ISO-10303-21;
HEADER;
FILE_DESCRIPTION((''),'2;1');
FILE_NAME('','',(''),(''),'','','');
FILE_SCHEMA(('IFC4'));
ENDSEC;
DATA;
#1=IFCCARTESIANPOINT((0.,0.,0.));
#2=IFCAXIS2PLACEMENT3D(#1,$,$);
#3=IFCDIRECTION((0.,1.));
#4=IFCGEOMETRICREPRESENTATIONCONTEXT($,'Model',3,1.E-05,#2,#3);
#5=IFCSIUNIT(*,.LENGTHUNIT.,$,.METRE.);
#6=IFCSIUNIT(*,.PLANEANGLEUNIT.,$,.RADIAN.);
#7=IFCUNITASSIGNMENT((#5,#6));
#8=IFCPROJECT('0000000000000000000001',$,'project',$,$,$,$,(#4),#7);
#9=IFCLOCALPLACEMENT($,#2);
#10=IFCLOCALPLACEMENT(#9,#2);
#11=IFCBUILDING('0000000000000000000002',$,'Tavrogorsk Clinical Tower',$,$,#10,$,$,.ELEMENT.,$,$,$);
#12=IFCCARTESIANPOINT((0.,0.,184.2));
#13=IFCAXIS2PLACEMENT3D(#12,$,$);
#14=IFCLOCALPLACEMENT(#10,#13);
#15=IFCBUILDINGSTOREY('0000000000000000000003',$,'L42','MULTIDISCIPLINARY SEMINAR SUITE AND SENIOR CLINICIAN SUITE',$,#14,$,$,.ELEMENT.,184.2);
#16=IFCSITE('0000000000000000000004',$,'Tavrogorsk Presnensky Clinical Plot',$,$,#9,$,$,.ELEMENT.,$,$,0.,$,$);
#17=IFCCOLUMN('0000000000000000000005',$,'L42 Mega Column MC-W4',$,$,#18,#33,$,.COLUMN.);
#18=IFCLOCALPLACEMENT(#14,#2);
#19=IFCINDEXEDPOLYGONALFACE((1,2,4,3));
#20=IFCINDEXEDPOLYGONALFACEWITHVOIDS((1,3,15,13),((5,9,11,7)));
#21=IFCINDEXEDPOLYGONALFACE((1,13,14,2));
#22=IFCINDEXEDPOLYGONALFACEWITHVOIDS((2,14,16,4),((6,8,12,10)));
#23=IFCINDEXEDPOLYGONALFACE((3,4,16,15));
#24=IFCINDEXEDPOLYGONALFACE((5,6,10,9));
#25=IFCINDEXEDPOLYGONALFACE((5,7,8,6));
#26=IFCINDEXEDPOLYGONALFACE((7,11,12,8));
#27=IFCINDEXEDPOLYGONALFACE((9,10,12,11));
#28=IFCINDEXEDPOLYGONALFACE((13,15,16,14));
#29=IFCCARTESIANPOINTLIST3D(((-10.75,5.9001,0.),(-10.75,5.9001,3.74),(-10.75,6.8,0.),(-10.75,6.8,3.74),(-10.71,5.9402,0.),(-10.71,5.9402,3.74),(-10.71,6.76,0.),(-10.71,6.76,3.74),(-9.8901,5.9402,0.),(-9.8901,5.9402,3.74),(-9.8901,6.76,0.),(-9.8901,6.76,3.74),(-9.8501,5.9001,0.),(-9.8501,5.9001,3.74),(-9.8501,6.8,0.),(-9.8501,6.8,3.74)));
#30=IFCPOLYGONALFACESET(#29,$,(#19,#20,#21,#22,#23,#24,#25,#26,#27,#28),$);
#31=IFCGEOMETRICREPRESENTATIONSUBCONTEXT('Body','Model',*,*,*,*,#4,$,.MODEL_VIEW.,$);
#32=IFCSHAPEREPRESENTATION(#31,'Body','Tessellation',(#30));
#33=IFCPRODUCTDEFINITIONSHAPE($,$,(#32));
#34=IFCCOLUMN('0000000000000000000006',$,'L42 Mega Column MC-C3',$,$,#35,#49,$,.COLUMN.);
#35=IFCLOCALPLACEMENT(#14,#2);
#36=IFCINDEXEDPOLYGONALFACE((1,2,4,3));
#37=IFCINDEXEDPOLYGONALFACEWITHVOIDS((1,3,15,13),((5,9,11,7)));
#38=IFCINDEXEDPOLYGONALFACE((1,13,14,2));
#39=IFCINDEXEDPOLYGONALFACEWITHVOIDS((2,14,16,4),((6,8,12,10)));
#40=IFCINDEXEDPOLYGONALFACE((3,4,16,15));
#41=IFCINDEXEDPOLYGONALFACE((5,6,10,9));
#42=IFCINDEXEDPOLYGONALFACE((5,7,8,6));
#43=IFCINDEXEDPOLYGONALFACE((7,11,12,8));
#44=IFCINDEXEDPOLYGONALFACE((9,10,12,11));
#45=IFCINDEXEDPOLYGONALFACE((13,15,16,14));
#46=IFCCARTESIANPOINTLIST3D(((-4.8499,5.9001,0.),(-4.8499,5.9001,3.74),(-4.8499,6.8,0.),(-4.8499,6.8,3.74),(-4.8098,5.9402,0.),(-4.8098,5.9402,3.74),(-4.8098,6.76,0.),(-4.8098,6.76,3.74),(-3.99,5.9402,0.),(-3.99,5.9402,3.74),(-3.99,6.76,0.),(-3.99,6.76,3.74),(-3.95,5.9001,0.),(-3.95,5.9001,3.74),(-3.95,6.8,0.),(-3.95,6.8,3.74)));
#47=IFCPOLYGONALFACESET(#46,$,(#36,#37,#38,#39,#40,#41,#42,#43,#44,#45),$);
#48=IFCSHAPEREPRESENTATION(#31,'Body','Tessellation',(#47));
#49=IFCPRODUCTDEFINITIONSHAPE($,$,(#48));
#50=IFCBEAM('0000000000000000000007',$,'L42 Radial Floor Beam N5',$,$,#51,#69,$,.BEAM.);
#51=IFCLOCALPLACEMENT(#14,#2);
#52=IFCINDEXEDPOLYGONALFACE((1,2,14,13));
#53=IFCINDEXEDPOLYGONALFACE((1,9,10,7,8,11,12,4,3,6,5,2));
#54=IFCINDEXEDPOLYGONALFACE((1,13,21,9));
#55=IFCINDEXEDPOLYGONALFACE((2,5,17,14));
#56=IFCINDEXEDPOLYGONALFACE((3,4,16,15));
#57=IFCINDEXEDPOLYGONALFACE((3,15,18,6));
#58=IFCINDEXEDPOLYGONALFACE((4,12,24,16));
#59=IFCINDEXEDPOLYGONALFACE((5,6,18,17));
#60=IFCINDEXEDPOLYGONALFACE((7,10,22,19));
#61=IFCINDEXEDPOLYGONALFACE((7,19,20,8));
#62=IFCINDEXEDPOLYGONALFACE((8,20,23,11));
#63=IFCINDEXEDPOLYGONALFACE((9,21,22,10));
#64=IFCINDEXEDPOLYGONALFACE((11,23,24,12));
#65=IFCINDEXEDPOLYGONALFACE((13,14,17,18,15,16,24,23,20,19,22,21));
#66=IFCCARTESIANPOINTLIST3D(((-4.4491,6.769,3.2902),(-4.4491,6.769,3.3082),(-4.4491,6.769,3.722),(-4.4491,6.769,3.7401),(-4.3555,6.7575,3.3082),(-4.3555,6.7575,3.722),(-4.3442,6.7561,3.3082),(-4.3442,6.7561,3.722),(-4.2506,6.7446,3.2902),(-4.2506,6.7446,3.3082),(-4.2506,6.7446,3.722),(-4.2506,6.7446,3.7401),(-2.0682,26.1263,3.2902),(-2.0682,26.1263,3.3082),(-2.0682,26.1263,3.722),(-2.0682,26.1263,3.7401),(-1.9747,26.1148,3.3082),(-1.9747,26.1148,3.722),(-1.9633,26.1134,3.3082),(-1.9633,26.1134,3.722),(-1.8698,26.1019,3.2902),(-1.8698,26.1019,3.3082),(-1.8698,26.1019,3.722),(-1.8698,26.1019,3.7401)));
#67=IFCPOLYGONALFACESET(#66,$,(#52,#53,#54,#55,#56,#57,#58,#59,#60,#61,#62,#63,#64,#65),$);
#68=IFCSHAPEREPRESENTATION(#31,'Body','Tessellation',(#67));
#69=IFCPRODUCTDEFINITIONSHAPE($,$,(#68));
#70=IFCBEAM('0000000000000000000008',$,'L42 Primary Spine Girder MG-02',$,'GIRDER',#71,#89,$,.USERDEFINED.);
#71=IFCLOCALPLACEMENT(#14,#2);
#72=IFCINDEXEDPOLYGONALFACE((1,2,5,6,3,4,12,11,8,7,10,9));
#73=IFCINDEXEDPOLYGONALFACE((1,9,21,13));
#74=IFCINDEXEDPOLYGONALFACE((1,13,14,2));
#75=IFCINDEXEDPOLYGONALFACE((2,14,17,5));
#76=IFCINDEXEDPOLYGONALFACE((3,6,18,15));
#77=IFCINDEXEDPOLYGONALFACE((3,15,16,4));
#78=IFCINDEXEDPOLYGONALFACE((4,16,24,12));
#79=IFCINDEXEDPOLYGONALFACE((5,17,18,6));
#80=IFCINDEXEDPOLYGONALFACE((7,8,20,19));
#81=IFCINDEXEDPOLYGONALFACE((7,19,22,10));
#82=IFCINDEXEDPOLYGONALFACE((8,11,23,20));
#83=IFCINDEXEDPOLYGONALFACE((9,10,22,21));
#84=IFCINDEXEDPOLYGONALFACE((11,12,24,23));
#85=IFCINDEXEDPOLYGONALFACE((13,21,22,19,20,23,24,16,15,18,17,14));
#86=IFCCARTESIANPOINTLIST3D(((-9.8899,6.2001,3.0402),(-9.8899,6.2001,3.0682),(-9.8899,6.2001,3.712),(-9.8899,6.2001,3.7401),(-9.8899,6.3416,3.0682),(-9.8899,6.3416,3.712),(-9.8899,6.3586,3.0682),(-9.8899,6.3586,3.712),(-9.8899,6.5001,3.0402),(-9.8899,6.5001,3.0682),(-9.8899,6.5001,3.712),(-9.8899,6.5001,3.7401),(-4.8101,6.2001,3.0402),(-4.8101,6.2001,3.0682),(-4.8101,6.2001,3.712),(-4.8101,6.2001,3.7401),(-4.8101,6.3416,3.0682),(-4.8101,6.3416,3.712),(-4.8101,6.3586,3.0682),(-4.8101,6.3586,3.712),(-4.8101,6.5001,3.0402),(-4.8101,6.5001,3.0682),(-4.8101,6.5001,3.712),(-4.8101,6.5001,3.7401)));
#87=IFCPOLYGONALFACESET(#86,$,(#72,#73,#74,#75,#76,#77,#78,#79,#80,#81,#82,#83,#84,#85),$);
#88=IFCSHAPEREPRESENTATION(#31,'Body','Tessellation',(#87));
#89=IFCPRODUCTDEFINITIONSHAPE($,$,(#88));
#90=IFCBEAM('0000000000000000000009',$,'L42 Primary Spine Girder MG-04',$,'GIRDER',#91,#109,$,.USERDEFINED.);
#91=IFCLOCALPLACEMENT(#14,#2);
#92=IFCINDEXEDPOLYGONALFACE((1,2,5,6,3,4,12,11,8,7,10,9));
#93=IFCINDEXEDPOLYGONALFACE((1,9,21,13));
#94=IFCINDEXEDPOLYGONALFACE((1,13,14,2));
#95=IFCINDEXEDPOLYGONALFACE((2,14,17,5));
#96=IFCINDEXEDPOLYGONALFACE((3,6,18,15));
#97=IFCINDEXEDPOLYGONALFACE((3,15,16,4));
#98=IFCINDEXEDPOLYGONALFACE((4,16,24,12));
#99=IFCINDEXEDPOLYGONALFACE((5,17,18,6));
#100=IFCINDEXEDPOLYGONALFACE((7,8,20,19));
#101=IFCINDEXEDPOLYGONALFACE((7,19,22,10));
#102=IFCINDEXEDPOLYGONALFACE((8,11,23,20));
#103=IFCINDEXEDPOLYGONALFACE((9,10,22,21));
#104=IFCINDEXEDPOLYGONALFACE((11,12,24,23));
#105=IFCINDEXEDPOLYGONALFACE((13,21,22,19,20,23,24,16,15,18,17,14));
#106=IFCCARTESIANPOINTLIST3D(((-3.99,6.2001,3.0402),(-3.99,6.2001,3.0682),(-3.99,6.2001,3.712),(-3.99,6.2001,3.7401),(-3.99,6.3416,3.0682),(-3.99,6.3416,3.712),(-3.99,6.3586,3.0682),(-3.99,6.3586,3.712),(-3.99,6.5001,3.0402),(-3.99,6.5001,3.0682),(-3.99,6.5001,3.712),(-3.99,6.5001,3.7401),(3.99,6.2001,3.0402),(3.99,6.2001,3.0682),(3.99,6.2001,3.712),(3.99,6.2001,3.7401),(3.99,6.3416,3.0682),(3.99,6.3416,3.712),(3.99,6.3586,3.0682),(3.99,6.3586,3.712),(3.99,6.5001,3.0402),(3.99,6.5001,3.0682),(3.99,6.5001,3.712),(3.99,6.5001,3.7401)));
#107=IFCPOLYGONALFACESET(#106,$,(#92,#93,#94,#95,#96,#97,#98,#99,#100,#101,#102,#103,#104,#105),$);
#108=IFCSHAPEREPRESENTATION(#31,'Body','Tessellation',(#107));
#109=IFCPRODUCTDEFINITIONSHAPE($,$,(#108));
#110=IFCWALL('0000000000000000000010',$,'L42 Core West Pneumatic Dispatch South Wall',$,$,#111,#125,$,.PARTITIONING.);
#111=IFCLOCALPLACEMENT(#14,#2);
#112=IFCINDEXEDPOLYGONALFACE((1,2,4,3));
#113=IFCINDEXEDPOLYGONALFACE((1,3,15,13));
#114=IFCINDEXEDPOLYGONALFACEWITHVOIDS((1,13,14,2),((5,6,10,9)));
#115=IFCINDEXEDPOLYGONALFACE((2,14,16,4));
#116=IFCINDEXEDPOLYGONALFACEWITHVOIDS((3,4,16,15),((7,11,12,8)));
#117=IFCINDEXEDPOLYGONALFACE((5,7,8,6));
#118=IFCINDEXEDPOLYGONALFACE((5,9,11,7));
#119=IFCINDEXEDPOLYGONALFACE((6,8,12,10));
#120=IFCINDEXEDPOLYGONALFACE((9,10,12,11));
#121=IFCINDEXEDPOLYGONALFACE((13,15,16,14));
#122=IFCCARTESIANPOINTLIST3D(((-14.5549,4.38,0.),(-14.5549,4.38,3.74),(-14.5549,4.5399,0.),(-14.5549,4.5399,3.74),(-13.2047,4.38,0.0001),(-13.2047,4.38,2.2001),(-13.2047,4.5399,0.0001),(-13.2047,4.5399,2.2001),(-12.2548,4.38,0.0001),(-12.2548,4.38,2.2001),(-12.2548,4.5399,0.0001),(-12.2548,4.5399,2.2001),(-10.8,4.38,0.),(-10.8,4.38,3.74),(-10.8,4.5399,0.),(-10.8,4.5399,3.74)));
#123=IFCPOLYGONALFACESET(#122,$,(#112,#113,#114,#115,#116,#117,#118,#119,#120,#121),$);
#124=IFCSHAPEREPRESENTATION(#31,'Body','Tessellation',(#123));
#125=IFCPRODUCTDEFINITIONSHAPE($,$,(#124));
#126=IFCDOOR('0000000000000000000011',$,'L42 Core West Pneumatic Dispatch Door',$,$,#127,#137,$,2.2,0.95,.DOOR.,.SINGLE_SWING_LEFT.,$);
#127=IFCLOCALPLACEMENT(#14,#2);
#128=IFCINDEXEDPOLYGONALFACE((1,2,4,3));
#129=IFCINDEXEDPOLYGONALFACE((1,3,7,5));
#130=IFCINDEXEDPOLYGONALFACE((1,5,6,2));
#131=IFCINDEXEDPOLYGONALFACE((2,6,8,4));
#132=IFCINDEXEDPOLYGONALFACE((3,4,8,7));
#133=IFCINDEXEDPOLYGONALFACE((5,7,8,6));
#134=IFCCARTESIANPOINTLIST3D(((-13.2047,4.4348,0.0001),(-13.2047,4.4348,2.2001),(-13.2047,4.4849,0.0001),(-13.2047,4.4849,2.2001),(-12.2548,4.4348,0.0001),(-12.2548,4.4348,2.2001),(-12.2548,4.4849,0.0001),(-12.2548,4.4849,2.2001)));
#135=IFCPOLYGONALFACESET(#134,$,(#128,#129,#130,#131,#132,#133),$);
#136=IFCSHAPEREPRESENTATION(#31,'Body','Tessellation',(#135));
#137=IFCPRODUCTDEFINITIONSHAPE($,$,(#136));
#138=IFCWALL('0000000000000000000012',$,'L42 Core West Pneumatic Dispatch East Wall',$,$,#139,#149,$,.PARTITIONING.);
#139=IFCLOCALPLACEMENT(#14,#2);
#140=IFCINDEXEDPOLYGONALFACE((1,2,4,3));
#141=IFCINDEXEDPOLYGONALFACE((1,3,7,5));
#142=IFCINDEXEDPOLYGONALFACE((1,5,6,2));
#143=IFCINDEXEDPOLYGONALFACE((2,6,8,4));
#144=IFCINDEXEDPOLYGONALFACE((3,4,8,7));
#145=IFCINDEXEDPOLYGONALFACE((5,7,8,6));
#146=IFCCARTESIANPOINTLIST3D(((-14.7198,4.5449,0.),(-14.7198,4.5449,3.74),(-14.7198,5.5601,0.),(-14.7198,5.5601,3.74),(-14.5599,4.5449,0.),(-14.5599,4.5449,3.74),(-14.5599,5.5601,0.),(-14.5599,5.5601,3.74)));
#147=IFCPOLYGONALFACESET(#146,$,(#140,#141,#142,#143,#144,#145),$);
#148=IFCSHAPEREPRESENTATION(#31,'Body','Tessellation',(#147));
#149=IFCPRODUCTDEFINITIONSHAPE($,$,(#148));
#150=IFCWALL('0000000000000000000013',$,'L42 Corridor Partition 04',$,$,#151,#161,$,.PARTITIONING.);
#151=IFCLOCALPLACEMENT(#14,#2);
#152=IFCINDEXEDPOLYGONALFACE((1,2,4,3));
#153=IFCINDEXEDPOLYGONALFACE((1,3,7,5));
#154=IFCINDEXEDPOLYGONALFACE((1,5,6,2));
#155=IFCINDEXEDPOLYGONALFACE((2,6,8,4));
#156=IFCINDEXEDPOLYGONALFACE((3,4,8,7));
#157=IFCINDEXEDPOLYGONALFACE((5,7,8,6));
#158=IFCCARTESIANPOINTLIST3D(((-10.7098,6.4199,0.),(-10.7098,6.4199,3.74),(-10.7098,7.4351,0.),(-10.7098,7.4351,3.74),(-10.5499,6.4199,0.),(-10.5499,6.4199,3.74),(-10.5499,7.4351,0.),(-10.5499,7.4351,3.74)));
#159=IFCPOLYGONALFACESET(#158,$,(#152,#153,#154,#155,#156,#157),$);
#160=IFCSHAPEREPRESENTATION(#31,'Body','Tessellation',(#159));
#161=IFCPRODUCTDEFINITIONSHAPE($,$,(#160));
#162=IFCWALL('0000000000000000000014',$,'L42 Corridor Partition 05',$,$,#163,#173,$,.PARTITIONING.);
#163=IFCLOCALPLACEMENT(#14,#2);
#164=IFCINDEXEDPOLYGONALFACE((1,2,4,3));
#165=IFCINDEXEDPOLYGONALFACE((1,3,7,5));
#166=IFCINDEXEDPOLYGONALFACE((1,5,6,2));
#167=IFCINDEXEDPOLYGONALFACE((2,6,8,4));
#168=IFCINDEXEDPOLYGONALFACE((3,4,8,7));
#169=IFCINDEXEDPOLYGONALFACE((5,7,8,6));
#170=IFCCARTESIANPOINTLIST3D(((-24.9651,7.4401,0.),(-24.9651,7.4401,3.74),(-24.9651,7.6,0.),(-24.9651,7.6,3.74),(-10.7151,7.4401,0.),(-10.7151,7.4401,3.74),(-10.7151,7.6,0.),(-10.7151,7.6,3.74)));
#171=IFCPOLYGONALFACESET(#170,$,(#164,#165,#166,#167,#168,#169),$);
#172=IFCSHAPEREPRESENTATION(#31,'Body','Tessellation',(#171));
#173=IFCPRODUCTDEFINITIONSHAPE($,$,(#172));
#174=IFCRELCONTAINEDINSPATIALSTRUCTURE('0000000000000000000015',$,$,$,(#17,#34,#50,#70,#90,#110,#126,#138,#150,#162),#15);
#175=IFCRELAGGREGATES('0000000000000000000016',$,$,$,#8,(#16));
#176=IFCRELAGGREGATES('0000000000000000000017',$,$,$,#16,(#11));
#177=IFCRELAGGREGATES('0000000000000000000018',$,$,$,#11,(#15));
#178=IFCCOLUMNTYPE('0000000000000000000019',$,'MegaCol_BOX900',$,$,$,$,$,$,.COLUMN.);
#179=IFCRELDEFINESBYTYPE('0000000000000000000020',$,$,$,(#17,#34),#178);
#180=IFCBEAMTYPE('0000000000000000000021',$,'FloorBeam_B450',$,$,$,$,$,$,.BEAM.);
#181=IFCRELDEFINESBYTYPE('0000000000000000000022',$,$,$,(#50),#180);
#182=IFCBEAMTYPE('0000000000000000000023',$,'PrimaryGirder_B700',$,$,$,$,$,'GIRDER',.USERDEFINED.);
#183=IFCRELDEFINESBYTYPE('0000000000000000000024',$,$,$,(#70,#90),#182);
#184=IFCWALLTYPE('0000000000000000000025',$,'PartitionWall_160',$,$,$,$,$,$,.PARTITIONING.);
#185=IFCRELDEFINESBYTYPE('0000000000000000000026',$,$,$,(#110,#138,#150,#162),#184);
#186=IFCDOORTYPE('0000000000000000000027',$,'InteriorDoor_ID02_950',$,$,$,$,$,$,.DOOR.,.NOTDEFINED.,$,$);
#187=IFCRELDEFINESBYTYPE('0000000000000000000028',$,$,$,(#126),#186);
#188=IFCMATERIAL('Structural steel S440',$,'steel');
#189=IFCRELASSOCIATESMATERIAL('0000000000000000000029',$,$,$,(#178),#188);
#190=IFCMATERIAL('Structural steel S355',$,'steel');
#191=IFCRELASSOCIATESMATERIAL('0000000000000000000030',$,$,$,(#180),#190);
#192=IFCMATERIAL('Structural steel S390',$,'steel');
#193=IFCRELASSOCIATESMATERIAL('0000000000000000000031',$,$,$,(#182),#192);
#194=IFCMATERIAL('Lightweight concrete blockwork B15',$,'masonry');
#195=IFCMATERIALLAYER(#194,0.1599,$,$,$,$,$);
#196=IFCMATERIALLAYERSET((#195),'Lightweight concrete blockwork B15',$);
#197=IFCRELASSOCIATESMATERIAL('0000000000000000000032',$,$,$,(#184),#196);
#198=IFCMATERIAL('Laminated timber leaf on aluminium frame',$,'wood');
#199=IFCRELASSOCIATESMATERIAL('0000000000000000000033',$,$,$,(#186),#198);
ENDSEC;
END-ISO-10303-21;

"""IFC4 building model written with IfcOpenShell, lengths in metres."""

from ifc_helpers import new_model, si_unit, direction, frame, frame_2d, origin, origin_2d, place, context, subcontext, project, spatial, rectangle, hollow_rectangle, i_section, extrude, material, layer, layer_set, material_profile, profile_set, type_object, element, fill, save


model = new_model("IFC4")

# Units and contexts
model_context = context("Model", 3, precision=1e-05, world=origin(), true_north=direction((0.0, 1.0)))
body_context = subcontext(model_context, "Body", "Model", "MODEL_VIEW")
ifc_project = project(units=[si_unit("LENGTHUNIT", "METRE"), si_unit("PLANEANGLEUNIT", "RADIAN")], contexts=[model_context])

# Site, building, storey
site_placement = place(None, origin())
site = spatial("IfcSite", under=ifc_project, at=site_placement, Name="Tavrogorsk Presnensky Clinical Plot", CompositionType="ELEMENT", RefElevation=0.0)
building_placement = place(site_placement, origin())
building = spatial("IfcBuilding", under=site, at=building_placement, Name="Tavrogorsk Clinical Tower", CompositionType="ELEMENT")
storey_placement = place(building_placement, frame((0.0, 0.0, 184.2)))
storey = spatial("IfcBuildingStorey", under=building, at=storey_placement, Name="L42", Description="MULTIDISCIPLINARY SEMINAR SUITE AND SENIOR CLINICIAN SUITE", CompositionType="ELEMENT", Elevation=184.2)

# Columns
ifc_material_1 = material(Name="Structural steel S440", Category="steel")
ifc_material_profile_1 = material_profile(ifc_material_1, hollow_rectangle(XDim=0.8999, YDim=0.8999, WallThickness=0.04, at=origin_2d()), Name="BOX-900x900x40")
ifc_profile_set_1 = profile_set([ifc_material_profile_1], Name="Structural steel S440")
column_type = type_object("IfcColumnType", Name="MegaCol_BOX900", PredefinedType="COLUMN", material=ifc_profile_set_1)
for number, where, z_axis, x_axis, name in (
    (1, (-10.3, 6.3501, 0.0), (0.0, 0.0, 1.0), (1.0, 0.0, 0.0), "L42 Mega Column MC-W4"),
    (2, (-4.3999, 6.3501, 0.0), (0.0, 0.0, 1.0), (1.0, 0.0, 0.0), "L42 Mega Column MC-C3"),
):
    element("IfcColumn", number, at=place(storey_placement, frame(where, z_axis=z_axis, x_axis=x_axis)), inside=storey, type_object=column_type, Name=name, PredefinedType="COLUMN", context=body_context, shape_type="SweptSolid", body=[
        extrude(hollow_rectangle(XDim=0.8999, YDim=0.8999, WallThickness=0.04, at=origin_2d()), origin(), (0.0, 0.0, 1.0), 3.74),
    ])

# Beams
ifc_material_2 = material(Name="Structural steel S355", Category="steel")
ifc_material_profile_2 = material_profile(ifc_material_2, i_section(OverallWidth=0.2, OverallDepth=0.45, WebThickness=0.0115, FlangeThickness=0.0181, at=origin_2d()), Name="B-450x200x11.5x18")
ifc_profile_set_2 = profile_set([ifc_material_profile_2], Name="Structural steel S355")
beam_type_1 = type_object("IfcBeamType", Name="FloorBeam_B450", PredefinedType="BEAM", material=ifc_profile_set_2)
beam_1_placement = place(storey_placement, frame((-4.3499, 6.7568, 3.5151), z_axis=(0.122075, 0.992521, 0.0), x_axis=(-0.992521, 0.122075, 0.0)))
element("IfcBeam", 3, at=beam_1_placement, inside=storey, type_object=beam_type_1, Name="L42 Radial Floor Beam N5", PredefinedType="BEAM", context=body_context, shape_type="SweptSolid", body=[
    extrude(i_section(OverallWidth=0.2, OverallDepth=0.45, WebThickness=0.0115, FlangeThickness=0.0181, at=origin_2d()), origin(), (0.0, 0.0, 1.0), 19.5032),
])
ifc_material_3 = material(Name="Structural steel S390", Category="steel")
ifc_material_profile_3 = material_profile(ifc_material_3, i_section(OverallWidth=0.3, OverallDepth=0.7, WebThickness=0.0171, FlangeThickness=0.0281, at=origin_2d()), Name="B-700x300x17x28")
ifc_profile_set_3 = profile_set([ifc_material_profile_3], Name="Structural steel S390")
beam_type_2 = type_object("IfcBeamType", Name="PrimaryGirder_B700", ElementType="GIRDER", PredefinedType="USERDEFINED", material=ifc_profile_set_3)
beam_2_placement = place(storey_placement, frame((-9.8899, 6.3501, 3.3901), z_axis=(1.0, 0.0, 0.0), x_axis=(0.0, 1.0, 0.0)))
element("IfcBeam", 4, at=beam_2_placement, inside=storey, type_object=beam_type_2, Name="L42 Primary Spine Girder MG-02", ObjectType="GIRDER", PredefinedType="USERDEFINED", context=body_context, shape_type="SweptSolid", body=[
    extrude(i_section(OverallWidth=0.3, OverallDepth=0.7, WebThickness=0.0171, FlangeThickness=0.0281, at=origin_2d()), origin(), (0.0, 0.0, 1.0), 5.0798),
])
beam_3_placement = place(storey_placement, frame((-3.99, 6.3501, 3.3901), z_axis=(1.0, 0.0, 0.0), x_axis=(0.0, 1.0, 0.0)))
element("IfcBeam", 5, at=beam_3_placement, inside=storey, type_object=beam_type_2, Name="L42 Primary Spine Girder MG-04", ObjectType="GIRDER", PredefinedType="USERDEFINED", context=body_context, shape_type="SweptSolid", body=[
    extrude(i_section(OverallWidth=0.3, OverallDepth=0.7, WebThickness=0.0171, FlangeThickness=0.0281, at=origin_2d()), origin(), (0.0, 0.0, 1.0), 7.98),
])

# Wall, opening, door
ifc_material_4 = material(Name="Lightweight concrete blockwork B15", Category="masonry")
ifc_layer_1 = layer(ifc_material_4, 0.1599)
ifc_layer_set_1 = layer_set([ifc_layer_1], Name="Lightweight concrete blockwork B15")
wall_type_1 = type_object("IfcWallType", Name="PartitionWall_160", PredefinedType="PARTITIONING", material=ifc_layer_set_1)
wall_1_placement = place(storey_placement, frame((-14.5549, 4.46, 0.0), z_axis=(0.0, 0.0, 1.0), x_axis=(1.0, 0.0, 0.0)))
wall_1 = element("IfcWall", 6, at=wall_1_placement, inside=storey, type_object=wall_type_1, Name="L42 Core West Pneumatic Dispatch South Wall", PredefinedType="PARTITIONING", context=body_context, shape_type="SweptSolid", body=[
    extrude(rectangle(XDim=3.7549, YDim=0.1599, at=frame_2d((1.8774, 0.0))), origin(), (0.0, 0.0, 1.0), 3.74),
])
opening_1_placement = place(wall_1_placement, frame((1.3501, 0.0, 0.0)))
opening_1 = element("IfcOpeningElement", 7, at=opening_1_placement, cuts=wall_1, PredefinedType="OPENING", context=body_context, shape_type="SweptSolid", body=[
    extrude(rectangle(XDim=0.95, YDim=2.2, at=frame_2d((0.4751, 1.1001))), frame((0.0, 0.0898, 0.0), z_axis=(0.0, -1.0, 0.0), x_axis=(1.0, 0.0, 0.0)), (0.0, 0.0, 1.0), 0.1799),
])
ifc_material_5 = material(Name="Laminated timber leaf on aluminium frame", Category="wood")
door_type_1 = type_object("IfcDoorType", Name="InteriorDoor_ID02_950", OperationType="NOTDEFINED", PredefinedType="DOOR", material=ifc_material_5)
door_1_placement = place(opening_1_placement, origin())
door_1 = element("IfcDoor", 8, at=door_1_placement, inside=storey, type_object=door_type_1, Name="L42 Core West Pneumatic Dispatch Door", OperationType="SINGLE_SWING_LEFT", OverallHeight=2.2, OverallWidth=0.95, PredefinedType="DOOR", context=body_context, shape_type="SweptSolid", body=[
    extrude(rectangle(XDim=0.95, YDim=2.2, at=frame_2d((0.4751, 1.1001))), frame((0.0, 0.0249, 0.0), z_axis=(0.0, -1.0, 0.0), x_axis=(1.0, 0.0, 0.0)), (0.0, 0.0, 1.0), 0.05),
])
fill(opening_1, door_1)

# Walls
for number, where, z_axis, x_axis, name in (
    (9, (-14.6399, 4.5449, 0.0), (0.0, 0.0, 1.0), (0.0, 1.0, 0.0), "L42 Core West Pneumatic Dispatch East Wall"),
    (10, (-10.6299, 6.4199, 0.0), (0.0, 0.0, 1.0), (0.0, 1.0, 0.0), "L42 Corridor Partition 04"),
):
    element("IfcWall", number, at=place(storey_placement, frame(where, z_axis=z_axis, x_axis=x_axis)), inside=storey, type_object=wall_type_1, Name=name, PredefinedType="PARTITIONING", context=body_context, shape_type="SweptSolid", body=[
        extrude(rectangle(XDim=1.0151, YDim=0.1599, at=frame_2d((0.5076, 0.0))), origin(), (0.0, 0.0, 1.0), 3.74),
    ])
wall_2_placement = place(storey_placement, frame((-10.7151, 7.52, 0.0), z_axis=(0.0, 0.0, 1.0), x_axis=(-1.0, 0.0, 0.0)))
element("IfcWall", 11, at=wall_2_placement, inside=storey, type_object=wall_type_1, Name="L42 Corridor Partition 05", PredefinedType="PARTITIONING", context=body_context, shape_type="SweptSolid", body=[
    extrude(rectangle(XDim=14.25, YDim=0.1599, at=frame_2d((7.125, 0.0))), origin(), (0.0, 0.0, 1.0), 3.74),
])

save(model, "model.ifc")
